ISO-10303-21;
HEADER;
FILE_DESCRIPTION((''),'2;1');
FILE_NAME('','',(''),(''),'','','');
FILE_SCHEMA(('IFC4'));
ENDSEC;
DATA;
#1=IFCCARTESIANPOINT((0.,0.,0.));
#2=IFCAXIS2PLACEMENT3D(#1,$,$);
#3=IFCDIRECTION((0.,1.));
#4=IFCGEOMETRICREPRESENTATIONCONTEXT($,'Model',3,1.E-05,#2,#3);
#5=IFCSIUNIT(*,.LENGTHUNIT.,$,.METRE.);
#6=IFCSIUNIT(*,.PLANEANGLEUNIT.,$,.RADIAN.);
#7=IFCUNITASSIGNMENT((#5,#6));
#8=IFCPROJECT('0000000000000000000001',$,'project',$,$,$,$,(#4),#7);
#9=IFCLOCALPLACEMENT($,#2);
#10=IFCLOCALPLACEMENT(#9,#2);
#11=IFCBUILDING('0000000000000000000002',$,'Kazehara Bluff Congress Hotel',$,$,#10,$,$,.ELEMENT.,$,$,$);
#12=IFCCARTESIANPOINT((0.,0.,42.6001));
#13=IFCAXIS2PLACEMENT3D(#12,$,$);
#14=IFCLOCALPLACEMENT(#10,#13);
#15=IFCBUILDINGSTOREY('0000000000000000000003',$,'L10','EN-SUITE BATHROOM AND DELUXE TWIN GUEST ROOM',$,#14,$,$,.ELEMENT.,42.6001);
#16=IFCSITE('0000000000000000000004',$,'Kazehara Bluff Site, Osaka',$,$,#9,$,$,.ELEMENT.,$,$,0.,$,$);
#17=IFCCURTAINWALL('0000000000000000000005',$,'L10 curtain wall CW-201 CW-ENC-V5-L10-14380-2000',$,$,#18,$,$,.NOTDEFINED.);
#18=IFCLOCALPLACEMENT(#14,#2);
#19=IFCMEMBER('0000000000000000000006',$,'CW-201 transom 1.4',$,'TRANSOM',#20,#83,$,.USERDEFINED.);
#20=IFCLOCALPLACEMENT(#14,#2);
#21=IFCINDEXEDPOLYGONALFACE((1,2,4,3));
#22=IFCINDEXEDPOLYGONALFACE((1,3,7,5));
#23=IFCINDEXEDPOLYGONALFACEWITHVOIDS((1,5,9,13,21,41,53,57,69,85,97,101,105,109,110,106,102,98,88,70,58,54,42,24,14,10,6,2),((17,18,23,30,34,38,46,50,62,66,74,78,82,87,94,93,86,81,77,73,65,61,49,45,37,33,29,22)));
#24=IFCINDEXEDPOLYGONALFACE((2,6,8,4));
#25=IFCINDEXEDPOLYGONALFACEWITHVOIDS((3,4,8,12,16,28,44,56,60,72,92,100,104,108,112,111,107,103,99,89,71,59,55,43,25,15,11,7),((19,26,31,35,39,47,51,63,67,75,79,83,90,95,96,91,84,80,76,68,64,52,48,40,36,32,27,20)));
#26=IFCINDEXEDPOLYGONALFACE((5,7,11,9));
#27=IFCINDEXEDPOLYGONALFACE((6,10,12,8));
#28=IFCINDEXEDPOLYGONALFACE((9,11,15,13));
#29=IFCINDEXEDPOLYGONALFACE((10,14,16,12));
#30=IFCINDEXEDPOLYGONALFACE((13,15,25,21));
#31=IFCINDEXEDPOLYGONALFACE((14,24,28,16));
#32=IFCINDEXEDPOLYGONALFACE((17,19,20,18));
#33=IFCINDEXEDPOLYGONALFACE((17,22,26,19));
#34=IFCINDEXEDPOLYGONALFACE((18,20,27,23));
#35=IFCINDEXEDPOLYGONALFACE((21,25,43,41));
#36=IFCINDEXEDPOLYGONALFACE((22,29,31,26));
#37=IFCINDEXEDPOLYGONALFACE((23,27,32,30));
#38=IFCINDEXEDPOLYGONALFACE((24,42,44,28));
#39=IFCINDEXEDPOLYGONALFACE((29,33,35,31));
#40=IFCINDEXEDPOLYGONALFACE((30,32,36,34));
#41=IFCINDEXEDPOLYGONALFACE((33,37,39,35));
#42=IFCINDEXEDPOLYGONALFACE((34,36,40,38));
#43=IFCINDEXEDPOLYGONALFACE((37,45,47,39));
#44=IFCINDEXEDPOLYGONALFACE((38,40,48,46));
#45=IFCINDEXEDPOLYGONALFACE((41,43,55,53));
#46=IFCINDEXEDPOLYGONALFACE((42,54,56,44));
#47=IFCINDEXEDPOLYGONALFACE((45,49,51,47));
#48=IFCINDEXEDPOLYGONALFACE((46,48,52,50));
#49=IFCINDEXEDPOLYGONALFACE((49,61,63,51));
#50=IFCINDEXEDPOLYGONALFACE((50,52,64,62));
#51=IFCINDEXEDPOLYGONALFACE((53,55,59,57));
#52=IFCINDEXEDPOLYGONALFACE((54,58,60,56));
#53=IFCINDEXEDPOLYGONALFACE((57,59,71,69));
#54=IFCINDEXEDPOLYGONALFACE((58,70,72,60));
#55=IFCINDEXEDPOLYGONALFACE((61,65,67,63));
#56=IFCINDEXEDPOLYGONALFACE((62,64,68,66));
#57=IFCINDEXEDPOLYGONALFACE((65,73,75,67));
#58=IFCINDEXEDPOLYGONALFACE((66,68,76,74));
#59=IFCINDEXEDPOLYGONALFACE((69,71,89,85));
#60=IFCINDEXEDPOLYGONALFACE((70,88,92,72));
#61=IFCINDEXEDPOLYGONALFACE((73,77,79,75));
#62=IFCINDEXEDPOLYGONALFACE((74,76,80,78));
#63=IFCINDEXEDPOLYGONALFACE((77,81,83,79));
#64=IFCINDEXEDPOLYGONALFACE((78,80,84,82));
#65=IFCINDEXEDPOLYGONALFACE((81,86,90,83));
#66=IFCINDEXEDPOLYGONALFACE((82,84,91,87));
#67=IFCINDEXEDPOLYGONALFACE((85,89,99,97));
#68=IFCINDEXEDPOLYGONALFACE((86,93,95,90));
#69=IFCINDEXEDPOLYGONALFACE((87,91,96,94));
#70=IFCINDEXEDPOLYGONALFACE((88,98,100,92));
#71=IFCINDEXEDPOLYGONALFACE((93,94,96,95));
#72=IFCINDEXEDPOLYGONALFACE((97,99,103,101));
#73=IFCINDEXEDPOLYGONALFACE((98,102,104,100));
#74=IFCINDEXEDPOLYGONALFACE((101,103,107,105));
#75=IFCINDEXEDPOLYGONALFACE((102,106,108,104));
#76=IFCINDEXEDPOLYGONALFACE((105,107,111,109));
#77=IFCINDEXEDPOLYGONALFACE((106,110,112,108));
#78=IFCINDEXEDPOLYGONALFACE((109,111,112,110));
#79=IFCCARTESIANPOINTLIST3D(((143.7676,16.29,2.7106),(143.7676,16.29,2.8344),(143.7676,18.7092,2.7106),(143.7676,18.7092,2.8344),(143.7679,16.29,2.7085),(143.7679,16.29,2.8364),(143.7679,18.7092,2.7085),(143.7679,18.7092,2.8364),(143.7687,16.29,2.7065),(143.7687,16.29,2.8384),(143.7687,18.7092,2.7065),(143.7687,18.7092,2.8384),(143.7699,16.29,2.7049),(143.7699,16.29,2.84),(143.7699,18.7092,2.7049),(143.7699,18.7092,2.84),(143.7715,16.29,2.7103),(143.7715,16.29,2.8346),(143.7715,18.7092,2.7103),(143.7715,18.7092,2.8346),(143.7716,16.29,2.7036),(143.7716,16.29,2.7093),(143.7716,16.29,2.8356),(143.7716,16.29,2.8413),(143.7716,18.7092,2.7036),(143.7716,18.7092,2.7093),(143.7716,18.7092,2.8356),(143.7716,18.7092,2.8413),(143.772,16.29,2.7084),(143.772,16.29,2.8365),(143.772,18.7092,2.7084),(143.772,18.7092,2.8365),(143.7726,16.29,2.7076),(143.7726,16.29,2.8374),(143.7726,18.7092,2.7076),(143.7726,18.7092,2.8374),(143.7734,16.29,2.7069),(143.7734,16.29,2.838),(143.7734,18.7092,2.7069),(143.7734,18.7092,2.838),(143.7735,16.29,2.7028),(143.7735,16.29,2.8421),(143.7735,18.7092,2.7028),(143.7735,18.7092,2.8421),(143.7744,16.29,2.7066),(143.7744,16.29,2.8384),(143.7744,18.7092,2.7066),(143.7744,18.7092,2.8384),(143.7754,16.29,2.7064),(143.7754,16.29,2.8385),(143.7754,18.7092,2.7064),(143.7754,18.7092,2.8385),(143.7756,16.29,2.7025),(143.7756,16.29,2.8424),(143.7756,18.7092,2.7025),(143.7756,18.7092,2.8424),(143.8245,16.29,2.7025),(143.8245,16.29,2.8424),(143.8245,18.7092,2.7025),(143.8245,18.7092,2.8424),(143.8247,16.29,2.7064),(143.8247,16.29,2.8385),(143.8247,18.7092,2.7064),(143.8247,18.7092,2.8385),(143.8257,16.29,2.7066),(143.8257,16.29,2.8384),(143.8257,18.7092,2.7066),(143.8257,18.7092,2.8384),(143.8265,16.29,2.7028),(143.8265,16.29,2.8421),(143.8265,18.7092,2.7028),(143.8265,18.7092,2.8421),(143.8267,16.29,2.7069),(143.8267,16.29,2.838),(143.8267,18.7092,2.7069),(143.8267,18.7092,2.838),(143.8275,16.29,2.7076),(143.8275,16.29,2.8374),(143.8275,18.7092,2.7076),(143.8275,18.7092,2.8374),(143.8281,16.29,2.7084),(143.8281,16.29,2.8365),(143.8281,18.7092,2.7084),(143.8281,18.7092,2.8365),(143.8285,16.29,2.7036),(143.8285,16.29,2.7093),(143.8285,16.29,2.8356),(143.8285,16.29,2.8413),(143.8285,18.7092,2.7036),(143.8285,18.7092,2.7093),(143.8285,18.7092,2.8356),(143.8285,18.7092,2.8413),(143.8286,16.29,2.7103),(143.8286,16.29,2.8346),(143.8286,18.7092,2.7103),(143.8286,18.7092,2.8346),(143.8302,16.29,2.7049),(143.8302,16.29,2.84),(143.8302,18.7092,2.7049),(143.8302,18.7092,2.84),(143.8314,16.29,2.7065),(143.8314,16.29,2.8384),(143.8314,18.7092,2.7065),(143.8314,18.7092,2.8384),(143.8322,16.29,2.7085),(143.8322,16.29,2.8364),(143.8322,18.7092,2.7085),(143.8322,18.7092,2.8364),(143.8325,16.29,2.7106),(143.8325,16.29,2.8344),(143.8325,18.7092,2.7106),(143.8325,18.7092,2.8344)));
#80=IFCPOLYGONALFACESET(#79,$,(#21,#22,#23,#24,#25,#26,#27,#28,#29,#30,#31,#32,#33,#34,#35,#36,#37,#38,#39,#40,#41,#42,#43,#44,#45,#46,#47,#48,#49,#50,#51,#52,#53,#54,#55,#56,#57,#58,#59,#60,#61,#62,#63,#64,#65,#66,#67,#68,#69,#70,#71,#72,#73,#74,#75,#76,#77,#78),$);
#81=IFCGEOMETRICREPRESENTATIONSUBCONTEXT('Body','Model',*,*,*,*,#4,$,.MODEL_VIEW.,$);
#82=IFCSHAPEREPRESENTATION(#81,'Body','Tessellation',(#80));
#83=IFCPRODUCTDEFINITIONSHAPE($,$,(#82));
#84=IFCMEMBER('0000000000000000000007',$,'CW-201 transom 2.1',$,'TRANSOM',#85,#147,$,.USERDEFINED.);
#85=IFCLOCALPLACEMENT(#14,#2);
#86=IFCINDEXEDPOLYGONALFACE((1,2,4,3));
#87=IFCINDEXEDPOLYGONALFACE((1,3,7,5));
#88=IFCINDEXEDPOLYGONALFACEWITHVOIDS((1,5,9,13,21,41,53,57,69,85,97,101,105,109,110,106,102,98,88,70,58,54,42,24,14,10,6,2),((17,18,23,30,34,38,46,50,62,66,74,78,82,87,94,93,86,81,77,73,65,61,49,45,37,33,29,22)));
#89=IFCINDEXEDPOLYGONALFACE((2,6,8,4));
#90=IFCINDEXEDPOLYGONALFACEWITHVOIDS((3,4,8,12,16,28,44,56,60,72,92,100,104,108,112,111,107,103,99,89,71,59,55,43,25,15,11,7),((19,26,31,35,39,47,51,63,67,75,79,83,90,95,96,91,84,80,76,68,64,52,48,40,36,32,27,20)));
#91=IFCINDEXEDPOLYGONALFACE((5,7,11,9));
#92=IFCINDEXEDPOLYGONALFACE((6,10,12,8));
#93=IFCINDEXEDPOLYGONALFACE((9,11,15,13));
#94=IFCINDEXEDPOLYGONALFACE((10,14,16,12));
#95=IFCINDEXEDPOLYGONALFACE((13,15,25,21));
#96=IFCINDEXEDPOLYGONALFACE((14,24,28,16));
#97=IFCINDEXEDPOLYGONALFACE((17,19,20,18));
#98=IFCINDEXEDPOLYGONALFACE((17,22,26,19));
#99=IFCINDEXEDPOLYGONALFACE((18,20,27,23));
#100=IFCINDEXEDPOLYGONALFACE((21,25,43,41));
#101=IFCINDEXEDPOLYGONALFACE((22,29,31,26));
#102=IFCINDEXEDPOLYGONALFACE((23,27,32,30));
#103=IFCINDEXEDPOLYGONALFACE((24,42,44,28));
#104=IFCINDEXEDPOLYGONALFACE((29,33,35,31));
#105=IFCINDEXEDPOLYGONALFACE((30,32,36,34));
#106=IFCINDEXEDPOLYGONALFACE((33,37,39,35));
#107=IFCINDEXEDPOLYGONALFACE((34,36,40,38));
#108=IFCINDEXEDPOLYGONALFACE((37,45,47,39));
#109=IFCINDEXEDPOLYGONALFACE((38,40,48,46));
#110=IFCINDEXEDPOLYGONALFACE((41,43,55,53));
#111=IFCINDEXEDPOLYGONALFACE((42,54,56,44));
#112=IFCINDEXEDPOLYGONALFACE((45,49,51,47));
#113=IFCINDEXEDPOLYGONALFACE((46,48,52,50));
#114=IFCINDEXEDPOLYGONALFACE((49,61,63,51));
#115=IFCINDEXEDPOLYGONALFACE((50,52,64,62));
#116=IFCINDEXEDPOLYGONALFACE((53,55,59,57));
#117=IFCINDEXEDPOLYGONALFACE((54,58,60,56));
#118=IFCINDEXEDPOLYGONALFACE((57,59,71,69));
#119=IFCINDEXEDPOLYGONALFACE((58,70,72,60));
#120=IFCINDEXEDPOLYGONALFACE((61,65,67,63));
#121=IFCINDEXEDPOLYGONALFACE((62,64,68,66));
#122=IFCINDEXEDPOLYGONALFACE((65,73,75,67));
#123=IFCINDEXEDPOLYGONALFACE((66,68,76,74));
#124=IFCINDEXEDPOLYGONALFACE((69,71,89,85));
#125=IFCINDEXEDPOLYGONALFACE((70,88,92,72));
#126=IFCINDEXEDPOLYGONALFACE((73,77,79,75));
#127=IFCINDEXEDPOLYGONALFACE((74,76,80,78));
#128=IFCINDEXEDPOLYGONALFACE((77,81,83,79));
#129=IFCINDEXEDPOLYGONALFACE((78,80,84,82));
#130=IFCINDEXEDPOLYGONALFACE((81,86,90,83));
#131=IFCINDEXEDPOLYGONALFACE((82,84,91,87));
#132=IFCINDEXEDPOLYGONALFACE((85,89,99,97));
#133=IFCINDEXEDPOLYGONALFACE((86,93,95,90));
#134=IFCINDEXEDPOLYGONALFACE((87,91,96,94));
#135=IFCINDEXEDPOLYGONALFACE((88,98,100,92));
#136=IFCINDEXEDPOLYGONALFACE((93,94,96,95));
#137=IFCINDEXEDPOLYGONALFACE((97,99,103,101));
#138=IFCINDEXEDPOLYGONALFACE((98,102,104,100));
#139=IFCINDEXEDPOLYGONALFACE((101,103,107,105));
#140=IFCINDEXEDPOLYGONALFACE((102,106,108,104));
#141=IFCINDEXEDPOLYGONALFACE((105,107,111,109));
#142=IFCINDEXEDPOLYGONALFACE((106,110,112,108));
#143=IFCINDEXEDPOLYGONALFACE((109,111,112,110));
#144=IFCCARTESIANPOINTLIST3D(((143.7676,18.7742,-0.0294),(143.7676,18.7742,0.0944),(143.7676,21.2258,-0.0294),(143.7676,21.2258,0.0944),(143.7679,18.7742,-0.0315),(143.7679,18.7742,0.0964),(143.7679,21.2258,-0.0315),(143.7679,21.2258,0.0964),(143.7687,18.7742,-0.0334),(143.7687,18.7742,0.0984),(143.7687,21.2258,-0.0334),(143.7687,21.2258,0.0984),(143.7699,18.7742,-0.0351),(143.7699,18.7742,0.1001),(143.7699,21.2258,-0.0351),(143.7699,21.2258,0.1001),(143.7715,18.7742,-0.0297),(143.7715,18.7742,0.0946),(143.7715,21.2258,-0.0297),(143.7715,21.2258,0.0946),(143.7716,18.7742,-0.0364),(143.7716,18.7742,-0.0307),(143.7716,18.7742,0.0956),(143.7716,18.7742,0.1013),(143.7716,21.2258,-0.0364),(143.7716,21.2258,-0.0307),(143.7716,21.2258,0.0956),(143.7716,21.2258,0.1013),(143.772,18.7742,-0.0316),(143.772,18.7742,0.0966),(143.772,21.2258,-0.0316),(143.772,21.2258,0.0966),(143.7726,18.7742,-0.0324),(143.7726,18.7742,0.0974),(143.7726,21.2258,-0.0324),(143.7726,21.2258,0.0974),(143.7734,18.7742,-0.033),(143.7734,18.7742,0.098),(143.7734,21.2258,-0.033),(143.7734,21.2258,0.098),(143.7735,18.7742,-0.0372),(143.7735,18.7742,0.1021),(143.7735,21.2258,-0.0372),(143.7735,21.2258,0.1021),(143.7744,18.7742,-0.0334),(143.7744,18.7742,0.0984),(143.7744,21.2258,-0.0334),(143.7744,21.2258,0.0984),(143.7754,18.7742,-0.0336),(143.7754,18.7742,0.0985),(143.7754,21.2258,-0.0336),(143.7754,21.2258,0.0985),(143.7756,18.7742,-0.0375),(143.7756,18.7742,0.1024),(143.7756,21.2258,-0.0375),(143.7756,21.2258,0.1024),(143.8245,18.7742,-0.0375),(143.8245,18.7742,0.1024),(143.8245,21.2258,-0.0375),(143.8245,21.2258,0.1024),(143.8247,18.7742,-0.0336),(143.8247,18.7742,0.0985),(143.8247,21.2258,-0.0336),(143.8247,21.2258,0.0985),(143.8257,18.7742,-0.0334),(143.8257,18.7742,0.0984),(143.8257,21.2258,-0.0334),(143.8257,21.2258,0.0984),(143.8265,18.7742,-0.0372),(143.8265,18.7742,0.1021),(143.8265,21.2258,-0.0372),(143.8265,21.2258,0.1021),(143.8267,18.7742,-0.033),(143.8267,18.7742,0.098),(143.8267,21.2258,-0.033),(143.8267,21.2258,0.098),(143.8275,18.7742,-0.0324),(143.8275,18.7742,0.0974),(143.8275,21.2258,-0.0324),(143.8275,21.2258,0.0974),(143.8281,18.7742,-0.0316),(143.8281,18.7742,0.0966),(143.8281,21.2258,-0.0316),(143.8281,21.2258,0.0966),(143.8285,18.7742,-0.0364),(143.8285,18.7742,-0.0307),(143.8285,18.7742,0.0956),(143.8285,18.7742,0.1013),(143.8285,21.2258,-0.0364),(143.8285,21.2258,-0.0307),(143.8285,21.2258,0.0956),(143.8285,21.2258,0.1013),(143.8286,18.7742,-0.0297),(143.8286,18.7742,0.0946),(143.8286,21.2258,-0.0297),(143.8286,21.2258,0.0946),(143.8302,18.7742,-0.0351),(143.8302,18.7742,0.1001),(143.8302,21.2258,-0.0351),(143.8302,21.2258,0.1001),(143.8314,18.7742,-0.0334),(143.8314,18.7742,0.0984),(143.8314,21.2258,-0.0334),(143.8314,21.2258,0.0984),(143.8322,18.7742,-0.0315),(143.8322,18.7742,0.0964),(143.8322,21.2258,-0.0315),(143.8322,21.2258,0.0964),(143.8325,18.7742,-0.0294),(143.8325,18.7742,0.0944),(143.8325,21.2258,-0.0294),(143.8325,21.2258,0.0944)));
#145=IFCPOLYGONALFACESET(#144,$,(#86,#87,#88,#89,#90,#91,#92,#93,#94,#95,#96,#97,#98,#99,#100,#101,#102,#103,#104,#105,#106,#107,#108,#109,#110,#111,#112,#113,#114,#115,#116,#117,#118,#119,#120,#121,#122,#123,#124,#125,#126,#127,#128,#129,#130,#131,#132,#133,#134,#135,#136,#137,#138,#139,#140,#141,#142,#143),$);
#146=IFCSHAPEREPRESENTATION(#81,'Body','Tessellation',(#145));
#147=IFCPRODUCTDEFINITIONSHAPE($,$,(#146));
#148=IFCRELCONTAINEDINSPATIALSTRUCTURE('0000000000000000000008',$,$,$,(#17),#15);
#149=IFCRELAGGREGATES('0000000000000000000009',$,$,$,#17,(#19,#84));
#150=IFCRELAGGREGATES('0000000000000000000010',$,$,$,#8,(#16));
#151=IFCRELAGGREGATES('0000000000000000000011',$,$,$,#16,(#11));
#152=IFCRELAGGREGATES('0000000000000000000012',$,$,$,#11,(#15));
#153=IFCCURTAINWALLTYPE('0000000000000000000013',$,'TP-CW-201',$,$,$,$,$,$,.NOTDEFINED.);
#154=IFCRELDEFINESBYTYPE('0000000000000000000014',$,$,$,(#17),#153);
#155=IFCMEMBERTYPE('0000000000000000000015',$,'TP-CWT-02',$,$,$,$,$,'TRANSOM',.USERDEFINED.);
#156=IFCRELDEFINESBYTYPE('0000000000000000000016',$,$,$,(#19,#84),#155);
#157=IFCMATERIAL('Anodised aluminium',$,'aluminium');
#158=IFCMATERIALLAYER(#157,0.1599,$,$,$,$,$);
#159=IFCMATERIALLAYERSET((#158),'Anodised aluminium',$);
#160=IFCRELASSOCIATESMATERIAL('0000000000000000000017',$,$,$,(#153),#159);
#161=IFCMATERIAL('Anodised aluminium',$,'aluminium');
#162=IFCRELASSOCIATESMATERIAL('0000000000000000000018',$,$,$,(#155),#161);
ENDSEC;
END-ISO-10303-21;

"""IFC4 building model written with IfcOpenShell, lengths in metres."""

from ifc_helpers import new_model, si_unit, direction, frame, origin, origin_2d, place, context, subcontext, project, spatial, hollow_rectangle, extrude, material, layer, layer_set, material_profile, profile_set, type_object, element, aggregate, save


model = new_model("IFC4")

# Units and contexts
model_context = context("Model", 3, precision=1e-05, world=origin(), true_north=direction((0.0, 1.0)))
body_context = subcontext(model_context, "Body", "Model", "MODEL_VIEW")
ifc_project = project(units=[si_unit("LENGTHUNIT", "METRE"), si_unit("PLANEANGLEUNIT", "RADIAN")], contexts=[model_context])

# Site, building, storey
site_placement = place(None, origin())
site = spatial("IfcSite", under=ifc_project, at=site_placement, Name="Kazehara Bluff Site, Osaka", CompositionType="ELEMENT", RefElevation=0.0)
building_placement = place(site_placement, origin())
building = spatial("IfcBuilding", under=site, at=building_placement, Name="Kazehara Bluff Congress Hotel", CompositionType="ELEMENT")
storey_placement = place(building_placement, frame((0.0, 0.0, 42.6001)))
storey = spatial("IfcBuildingStorey", under=building, at=storey_placement, Name="L10", Description="EN-SUITE BATHROOM AND DELUXE TWIN GUEST ROOM", CompositionType="ELEMENT", Elevation=42.6001)

# Curtain wall
ifc_material_1 = material(Name="Anodised aluminium", Category="aluminium")
ifc_layer_1 = layer(ifc_material_1, 0.1599)
ifc_layer_set_1 = layer_set([ifc_layer_1], Name="Anodised aluminium")
curtain_wall_type_1 = type_object("IfcCurtainWallType", Name="TP-CW-201", PredefinedType="NOTDEFINED", material=ifc_layer_set_1)
curtain_wall_1_placement = place(storey_placement, origin())
curtain_wall_1 = element("IfcCurtainWall", 1, at=curtain_wall_1_placement, inside=storey, type_object=curtain_wall_type_1, Name="L10 curtain wall CW-201 CW-ENC-V5-L10-14380-2000", PredefinedType="NOTDEFINED")

# Members
ifc_material_2 = material(Name="Anodised aluminium", Category="aluminium")
ifc_material_profile_1 = material_profile(ifc_material_2, hollow_rectangle(XDim=0.0649, YDim=0.1399, WallThickness=0.0039, InnerFilletRadius=0.0039, OuterFilletRadius=0.0081, at=origin_2d()))
ifc_profile_set_1 = profile_set([ifc_material_profile_1], Name="Anodised aluminium")
member_type_1 = type_object("IfcMemberType", Name="TP-CWT-02", ElementType="TRANSOM", PredefinedType="USERDEFINED", material=ifc_profile_set_1)
member_1_placement = place(storey_placement, frame((143.8, 16.29, 2.7725), z_axis=(0.0, 1.0, 0.0), x_axis=(-1.0, 0.0, 0.0)))
member_1 = element("IfcMember", 2, at=member_1_placement, type_object=member_type_1, Name="CW-201 transom 1.4", ObjectType="TRANSOM", PredefinedType="USERDEFINED", context=body_context, shape_type="SweptSolid", body=[
    extrude(hollow_rectangle(XDim=0.0649, YDim=0.1399, WallThickness=0.0039, InnerFilletRadius=0.0039, OuterFilletRadius=0.0081, at=origin_2d()), origin(), (0.0, 0.0, 1.0), 2.4192),
])
member_2_placement = place(storey_placement, frame((143.8, 18.7742, 0.0325), z_axis=(0.0, 1.0, 0.0), x_axis=(-1.0, 0.0, 0.0)))
member_2 = element("IfcMember", 3, at=member_2_placement, type_object=member_type_1, Name="CW-201 transom 2.1", ObjectType="TRANSOM", PredefinedType="USERDEFINED", context=body_context, shape_type="SweptSolid", body=[
    extrude(hollow_rectangle(XDim=0.0649, YDim=0.1399, WallThickness=0.0039, InnerFilletRadius=0.0039, OuterFilletRadius=0.0081, at=origin_2d()), origin(), (0.0, 0.0, 1.0), 2.4517),
])

aggregate(curtain_wall_1, [member_1, member_2])

save(model, "model.ifc")
